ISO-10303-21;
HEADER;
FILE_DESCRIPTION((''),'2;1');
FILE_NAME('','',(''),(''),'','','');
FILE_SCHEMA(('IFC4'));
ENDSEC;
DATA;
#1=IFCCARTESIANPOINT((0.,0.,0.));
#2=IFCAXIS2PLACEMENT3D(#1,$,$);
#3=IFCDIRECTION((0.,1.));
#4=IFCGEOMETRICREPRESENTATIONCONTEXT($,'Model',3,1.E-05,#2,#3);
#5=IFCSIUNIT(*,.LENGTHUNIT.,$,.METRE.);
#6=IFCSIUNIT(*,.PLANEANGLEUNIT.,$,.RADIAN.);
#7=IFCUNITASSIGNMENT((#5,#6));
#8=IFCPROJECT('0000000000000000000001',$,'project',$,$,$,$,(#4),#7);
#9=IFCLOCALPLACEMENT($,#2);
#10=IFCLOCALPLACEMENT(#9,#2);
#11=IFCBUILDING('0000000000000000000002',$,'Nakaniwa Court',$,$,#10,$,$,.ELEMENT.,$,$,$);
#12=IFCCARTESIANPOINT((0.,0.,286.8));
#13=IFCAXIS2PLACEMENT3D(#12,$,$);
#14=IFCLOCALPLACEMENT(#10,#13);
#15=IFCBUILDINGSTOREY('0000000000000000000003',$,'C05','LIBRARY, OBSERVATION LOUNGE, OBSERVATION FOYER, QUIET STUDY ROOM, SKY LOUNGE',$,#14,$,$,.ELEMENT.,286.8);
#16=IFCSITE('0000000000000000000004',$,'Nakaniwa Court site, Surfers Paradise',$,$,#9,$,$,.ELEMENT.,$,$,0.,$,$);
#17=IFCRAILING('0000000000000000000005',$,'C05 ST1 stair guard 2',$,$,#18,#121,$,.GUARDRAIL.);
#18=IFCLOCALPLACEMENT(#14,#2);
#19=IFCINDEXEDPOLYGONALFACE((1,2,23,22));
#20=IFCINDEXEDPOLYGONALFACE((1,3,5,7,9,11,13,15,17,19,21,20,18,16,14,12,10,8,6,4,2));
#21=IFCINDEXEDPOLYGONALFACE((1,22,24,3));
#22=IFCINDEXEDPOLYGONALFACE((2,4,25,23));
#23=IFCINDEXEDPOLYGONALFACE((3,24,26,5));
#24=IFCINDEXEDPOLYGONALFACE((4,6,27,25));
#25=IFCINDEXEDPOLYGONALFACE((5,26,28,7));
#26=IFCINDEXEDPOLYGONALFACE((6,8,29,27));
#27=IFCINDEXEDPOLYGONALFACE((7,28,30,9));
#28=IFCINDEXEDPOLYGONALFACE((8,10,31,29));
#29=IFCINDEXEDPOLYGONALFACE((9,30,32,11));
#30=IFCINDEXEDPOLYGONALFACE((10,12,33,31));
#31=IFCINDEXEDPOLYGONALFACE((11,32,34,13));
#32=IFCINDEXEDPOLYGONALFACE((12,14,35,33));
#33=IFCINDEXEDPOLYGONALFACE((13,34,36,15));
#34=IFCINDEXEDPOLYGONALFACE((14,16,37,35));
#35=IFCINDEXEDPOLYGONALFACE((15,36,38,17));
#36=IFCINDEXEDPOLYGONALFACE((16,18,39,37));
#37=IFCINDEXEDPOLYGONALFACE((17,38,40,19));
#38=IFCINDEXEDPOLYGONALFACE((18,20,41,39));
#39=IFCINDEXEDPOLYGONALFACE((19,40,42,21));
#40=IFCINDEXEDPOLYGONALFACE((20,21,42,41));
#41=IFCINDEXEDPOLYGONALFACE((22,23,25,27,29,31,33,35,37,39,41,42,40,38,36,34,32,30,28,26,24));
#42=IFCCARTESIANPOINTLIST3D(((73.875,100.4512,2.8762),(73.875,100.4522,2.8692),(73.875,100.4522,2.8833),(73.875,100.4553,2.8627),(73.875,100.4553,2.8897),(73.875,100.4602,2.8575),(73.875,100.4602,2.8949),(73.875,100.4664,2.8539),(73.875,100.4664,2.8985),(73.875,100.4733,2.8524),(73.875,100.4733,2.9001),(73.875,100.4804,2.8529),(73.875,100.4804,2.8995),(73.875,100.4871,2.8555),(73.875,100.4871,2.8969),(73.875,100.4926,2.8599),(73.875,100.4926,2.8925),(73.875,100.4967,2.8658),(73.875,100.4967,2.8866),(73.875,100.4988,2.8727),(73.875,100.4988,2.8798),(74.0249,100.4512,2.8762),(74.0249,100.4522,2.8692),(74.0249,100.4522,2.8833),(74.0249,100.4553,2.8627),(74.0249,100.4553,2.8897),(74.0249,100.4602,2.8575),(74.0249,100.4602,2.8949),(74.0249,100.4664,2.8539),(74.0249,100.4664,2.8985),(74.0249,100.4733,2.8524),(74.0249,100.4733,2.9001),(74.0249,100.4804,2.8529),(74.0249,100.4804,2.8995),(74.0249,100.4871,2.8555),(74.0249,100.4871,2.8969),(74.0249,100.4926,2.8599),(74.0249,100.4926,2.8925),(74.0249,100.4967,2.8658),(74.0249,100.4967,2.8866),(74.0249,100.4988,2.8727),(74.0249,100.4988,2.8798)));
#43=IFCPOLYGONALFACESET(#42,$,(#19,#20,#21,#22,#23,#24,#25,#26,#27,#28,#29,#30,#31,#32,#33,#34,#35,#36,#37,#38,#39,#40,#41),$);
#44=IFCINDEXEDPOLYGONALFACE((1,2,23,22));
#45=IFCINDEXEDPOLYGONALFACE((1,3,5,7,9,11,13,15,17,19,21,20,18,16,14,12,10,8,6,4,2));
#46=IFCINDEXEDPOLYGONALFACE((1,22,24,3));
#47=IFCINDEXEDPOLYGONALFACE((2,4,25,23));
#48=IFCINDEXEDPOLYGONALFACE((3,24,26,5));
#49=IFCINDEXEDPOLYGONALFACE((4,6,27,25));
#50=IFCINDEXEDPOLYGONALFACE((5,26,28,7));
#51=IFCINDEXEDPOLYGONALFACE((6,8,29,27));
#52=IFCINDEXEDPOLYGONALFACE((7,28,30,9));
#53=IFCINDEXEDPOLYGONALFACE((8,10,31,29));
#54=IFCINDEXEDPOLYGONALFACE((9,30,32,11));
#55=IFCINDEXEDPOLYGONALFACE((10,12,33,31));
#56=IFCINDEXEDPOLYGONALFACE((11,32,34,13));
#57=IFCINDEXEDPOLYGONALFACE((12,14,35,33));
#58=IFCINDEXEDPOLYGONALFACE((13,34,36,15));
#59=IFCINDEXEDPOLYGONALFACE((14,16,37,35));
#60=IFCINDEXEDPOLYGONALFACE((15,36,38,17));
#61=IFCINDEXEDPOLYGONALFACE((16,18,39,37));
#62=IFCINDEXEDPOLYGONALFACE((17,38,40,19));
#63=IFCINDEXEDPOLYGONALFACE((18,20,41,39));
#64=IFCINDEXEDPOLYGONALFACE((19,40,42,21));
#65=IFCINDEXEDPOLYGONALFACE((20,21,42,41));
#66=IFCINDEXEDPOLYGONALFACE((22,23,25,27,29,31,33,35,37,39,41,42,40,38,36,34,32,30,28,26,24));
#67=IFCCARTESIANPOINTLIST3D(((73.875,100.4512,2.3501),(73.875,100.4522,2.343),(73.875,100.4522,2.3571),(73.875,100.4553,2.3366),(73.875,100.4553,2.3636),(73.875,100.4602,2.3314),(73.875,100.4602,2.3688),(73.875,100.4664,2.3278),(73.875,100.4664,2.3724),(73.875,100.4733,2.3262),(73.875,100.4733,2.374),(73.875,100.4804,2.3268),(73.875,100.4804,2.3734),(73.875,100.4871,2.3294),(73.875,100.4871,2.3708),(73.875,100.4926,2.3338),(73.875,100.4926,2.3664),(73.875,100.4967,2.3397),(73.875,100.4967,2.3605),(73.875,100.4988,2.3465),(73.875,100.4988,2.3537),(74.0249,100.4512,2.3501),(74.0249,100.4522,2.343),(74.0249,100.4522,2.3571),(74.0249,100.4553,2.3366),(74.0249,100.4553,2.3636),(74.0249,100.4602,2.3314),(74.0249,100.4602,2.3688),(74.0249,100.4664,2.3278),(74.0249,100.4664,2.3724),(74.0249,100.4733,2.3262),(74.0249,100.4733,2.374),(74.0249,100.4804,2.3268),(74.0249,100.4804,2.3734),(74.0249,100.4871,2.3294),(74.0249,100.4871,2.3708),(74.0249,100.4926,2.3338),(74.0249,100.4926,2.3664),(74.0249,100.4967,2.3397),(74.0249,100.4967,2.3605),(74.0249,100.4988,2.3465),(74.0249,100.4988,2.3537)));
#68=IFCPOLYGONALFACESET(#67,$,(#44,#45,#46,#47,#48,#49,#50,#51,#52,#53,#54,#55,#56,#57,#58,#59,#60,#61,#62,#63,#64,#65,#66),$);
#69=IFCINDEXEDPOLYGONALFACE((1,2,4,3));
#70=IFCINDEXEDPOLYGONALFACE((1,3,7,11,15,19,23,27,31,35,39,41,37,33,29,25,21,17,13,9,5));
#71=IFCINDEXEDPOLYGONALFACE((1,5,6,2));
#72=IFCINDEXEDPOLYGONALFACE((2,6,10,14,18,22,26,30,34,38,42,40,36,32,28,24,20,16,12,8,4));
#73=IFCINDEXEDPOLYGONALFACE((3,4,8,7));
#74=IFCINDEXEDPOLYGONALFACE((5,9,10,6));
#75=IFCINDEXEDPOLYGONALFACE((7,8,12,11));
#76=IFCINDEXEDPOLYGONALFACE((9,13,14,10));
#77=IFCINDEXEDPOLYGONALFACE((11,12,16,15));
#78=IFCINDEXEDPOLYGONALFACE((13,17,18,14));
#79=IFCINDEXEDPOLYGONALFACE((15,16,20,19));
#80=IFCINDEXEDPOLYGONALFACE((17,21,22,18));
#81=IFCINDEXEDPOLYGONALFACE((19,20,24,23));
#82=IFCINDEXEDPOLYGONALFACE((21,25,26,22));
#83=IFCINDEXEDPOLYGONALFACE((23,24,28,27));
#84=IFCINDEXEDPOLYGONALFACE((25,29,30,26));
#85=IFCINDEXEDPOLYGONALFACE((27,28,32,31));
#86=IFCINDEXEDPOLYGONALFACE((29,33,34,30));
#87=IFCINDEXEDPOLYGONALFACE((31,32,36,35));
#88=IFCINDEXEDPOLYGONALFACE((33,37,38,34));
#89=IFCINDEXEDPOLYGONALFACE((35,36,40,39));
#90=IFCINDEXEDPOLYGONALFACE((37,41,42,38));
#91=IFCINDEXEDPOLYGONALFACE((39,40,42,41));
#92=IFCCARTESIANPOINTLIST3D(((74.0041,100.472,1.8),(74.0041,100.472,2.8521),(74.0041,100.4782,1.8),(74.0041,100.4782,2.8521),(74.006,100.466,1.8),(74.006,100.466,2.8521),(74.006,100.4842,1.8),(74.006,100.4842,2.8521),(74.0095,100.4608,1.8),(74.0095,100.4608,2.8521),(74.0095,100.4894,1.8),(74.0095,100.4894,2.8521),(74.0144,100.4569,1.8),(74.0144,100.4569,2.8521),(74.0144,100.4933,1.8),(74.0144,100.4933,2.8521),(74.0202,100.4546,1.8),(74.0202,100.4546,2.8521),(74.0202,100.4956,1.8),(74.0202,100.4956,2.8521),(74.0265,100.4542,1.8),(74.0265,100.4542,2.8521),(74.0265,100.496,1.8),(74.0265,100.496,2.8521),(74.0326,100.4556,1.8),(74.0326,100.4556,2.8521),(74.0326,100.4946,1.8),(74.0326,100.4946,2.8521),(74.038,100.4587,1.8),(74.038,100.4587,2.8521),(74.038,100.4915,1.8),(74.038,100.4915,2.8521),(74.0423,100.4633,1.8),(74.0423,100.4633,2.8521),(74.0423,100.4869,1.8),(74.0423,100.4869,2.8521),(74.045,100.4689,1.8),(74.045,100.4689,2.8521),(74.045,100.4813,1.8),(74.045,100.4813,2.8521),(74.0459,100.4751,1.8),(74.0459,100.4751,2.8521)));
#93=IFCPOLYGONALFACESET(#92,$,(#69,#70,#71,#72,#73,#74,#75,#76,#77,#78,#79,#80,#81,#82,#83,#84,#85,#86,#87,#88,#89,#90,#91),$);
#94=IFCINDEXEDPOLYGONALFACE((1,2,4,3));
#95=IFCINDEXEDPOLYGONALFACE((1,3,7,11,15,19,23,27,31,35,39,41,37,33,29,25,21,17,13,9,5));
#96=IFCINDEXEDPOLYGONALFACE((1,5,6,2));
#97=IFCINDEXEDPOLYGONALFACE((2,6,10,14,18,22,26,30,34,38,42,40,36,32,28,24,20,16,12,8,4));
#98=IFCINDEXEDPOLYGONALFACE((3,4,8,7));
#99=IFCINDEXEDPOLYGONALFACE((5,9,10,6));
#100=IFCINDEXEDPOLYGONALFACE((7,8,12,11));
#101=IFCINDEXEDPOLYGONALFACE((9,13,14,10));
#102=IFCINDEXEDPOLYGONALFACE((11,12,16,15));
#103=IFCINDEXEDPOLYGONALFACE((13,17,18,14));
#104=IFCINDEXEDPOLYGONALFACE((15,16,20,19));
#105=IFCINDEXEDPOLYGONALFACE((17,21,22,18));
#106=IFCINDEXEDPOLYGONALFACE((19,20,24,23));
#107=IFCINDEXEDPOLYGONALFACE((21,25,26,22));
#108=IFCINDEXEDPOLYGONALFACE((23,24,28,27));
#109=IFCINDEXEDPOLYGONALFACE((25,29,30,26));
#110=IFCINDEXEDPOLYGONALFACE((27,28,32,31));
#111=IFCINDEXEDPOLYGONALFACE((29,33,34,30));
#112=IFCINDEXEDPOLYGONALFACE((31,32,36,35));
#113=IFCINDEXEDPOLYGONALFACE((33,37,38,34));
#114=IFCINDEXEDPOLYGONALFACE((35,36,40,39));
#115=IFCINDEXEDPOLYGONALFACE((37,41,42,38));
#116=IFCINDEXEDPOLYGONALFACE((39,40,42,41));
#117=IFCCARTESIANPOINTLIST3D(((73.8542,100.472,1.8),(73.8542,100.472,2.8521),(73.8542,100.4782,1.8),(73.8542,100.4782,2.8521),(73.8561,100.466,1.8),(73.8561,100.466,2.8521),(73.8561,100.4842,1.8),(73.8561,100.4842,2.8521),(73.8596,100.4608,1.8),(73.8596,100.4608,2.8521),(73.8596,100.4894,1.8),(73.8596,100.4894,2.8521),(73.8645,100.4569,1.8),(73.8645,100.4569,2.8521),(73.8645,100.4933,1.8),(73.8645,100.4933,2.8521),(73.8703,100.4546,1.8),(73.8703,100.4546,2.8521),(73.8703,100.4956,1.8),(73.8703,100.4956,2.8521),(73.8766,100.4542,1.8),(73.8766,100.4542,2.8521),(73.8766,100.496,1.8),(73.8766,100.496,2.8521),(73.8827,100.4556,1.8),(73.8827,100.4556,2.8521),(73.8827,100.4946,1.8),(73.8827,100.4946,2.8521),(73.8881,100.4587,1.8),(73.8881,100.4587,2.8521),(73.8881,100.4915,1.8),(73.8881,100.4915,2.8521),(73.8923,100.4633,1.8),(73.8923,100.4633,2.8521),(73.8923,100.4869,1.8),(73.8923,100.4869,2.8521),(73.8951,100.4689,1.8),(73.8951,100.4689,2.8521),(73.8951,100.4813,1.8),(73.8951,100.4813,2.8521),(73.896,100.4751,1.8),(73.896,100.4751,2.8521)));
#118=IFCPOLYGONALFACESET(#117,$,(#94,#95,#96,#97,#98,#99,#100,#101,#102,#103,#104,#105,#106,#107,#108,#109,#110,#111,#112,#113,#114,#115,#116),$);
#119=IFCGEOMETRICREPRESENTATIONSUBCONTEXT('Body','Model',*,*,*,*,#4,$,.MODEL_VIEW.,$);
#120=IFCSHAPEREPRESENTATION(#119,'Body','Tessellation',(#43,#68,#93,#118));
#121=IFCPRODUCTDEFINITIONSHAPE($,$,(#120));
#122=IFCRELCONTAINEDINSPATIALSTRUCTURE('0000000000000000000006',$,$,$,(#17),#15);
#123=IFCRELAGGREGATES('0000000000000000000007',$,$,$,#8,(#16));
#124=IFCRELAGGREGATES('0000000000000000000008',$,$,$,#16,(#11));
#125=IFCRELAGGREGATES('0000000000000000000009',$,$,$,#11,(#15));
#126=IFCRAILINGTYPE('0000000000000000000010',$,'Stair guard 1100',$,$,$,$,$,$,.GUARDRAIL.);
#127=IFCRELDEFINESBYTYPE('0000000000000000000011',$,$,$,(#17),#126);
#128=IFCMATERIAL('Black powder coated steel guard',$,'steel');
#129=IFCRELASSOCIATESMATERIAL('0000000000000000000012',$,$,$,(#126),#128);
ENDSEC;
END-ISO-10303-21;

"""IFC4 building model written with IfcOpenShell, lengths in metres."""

from ifc_helpers import new_model, si_unit, direction, frame, origin, origin_2d, place, context, subcontext, project, spatial, circle, extrude, material, type_object, element, save


model = new_model("IFC4")

# Units and contexts
model_context = context("Model", 3, precision=1e-05, world=origin(), true_north=direction((0.0, 1.0)))
body_context = subcontext(model_context, "Body", "Model", "MODEL_VIEW")
ifc_project = project(units=[si_unit("LENGTHUNIT", "METRE"), si_unit("PLANEANGLEUNIT", "RADIAN")], contexts=[model_context])

# Site, building, storey
site_placement = place(None, origin())
site = spatial("IfcSite", under=ifc_project, at=site_placement, Name="Nakaniwa Court site, Surfers Paradise", CompositionType="ELEMENT", RefElevation=0.0)
building_placement = place(site_placement, origin())
building = spatial("IfcBuilding", under=site, at=building_placement, Name="Nakaniwa Court", CompositionType="ELEMENT")
storey_placement = place(building_placement, frame((0.0, 0.0, 286.8)))
storey = spatial("IfcBuildingStorey", under=building, at=storey_placement, Name="C05", Description="LIBRARY, OBSERVATION LOUNGE, OBSERVATION FOYER, QUIET STUDY ROOM, SKY LOUNGE", CompositionType="ELEMENT", Elevation=286.8)

# Railing
ifc_material_1 = material(Name="Black powder coated steel guard", Category="steel")
railing_type_1 = type_object("IfcRailingType", Name="Stair guard 1100", PredefinedType="GUARDRAIL", material=ifc_material_1)
railing_1_placement = place(storey_placement, frame((74.0249, 100.4751, 1.8)))
element("IfcRailing", 1, at=railing_1_placement, inside=storey, type_object=railing_type_1, Name="C05 ST1 stair guard 2", PredefinedType="GUARDRAIL", context=body_context, shape_type="SweptSolid", body=[
    extrude(circle(Radius=0.0239, at=origin_2d()), frame((0.0, 0.0, 1.0762), z_axis=(-1.0, 0.0, 0.0), x_axis=(0.0, -1.0, 0.0)), (0.0, 0.0, 1.0), 0.1499),
    extrude(circle(Radius=0.0239, at=origin_2d()), frame((0.0, 0.0, 0.55), z_axis=(-1.0, 0.0, 0.0), x_axis=(0.0, -1.0, 0.0)), (0.0, 0.0, 1.0), 0.1499),
    extrude(circle(Radius=0.021, at=origin_2d()), origin(), (0.0, 0.0, 1.0), 1.052),
    extrude(circle(Radius=0.021, at=origin_2d()), frame((-0.1499, 0.0, 0.0)), (0.0, 0.0, 1.0), 1.052),
])

save(model, "model.ifc")
